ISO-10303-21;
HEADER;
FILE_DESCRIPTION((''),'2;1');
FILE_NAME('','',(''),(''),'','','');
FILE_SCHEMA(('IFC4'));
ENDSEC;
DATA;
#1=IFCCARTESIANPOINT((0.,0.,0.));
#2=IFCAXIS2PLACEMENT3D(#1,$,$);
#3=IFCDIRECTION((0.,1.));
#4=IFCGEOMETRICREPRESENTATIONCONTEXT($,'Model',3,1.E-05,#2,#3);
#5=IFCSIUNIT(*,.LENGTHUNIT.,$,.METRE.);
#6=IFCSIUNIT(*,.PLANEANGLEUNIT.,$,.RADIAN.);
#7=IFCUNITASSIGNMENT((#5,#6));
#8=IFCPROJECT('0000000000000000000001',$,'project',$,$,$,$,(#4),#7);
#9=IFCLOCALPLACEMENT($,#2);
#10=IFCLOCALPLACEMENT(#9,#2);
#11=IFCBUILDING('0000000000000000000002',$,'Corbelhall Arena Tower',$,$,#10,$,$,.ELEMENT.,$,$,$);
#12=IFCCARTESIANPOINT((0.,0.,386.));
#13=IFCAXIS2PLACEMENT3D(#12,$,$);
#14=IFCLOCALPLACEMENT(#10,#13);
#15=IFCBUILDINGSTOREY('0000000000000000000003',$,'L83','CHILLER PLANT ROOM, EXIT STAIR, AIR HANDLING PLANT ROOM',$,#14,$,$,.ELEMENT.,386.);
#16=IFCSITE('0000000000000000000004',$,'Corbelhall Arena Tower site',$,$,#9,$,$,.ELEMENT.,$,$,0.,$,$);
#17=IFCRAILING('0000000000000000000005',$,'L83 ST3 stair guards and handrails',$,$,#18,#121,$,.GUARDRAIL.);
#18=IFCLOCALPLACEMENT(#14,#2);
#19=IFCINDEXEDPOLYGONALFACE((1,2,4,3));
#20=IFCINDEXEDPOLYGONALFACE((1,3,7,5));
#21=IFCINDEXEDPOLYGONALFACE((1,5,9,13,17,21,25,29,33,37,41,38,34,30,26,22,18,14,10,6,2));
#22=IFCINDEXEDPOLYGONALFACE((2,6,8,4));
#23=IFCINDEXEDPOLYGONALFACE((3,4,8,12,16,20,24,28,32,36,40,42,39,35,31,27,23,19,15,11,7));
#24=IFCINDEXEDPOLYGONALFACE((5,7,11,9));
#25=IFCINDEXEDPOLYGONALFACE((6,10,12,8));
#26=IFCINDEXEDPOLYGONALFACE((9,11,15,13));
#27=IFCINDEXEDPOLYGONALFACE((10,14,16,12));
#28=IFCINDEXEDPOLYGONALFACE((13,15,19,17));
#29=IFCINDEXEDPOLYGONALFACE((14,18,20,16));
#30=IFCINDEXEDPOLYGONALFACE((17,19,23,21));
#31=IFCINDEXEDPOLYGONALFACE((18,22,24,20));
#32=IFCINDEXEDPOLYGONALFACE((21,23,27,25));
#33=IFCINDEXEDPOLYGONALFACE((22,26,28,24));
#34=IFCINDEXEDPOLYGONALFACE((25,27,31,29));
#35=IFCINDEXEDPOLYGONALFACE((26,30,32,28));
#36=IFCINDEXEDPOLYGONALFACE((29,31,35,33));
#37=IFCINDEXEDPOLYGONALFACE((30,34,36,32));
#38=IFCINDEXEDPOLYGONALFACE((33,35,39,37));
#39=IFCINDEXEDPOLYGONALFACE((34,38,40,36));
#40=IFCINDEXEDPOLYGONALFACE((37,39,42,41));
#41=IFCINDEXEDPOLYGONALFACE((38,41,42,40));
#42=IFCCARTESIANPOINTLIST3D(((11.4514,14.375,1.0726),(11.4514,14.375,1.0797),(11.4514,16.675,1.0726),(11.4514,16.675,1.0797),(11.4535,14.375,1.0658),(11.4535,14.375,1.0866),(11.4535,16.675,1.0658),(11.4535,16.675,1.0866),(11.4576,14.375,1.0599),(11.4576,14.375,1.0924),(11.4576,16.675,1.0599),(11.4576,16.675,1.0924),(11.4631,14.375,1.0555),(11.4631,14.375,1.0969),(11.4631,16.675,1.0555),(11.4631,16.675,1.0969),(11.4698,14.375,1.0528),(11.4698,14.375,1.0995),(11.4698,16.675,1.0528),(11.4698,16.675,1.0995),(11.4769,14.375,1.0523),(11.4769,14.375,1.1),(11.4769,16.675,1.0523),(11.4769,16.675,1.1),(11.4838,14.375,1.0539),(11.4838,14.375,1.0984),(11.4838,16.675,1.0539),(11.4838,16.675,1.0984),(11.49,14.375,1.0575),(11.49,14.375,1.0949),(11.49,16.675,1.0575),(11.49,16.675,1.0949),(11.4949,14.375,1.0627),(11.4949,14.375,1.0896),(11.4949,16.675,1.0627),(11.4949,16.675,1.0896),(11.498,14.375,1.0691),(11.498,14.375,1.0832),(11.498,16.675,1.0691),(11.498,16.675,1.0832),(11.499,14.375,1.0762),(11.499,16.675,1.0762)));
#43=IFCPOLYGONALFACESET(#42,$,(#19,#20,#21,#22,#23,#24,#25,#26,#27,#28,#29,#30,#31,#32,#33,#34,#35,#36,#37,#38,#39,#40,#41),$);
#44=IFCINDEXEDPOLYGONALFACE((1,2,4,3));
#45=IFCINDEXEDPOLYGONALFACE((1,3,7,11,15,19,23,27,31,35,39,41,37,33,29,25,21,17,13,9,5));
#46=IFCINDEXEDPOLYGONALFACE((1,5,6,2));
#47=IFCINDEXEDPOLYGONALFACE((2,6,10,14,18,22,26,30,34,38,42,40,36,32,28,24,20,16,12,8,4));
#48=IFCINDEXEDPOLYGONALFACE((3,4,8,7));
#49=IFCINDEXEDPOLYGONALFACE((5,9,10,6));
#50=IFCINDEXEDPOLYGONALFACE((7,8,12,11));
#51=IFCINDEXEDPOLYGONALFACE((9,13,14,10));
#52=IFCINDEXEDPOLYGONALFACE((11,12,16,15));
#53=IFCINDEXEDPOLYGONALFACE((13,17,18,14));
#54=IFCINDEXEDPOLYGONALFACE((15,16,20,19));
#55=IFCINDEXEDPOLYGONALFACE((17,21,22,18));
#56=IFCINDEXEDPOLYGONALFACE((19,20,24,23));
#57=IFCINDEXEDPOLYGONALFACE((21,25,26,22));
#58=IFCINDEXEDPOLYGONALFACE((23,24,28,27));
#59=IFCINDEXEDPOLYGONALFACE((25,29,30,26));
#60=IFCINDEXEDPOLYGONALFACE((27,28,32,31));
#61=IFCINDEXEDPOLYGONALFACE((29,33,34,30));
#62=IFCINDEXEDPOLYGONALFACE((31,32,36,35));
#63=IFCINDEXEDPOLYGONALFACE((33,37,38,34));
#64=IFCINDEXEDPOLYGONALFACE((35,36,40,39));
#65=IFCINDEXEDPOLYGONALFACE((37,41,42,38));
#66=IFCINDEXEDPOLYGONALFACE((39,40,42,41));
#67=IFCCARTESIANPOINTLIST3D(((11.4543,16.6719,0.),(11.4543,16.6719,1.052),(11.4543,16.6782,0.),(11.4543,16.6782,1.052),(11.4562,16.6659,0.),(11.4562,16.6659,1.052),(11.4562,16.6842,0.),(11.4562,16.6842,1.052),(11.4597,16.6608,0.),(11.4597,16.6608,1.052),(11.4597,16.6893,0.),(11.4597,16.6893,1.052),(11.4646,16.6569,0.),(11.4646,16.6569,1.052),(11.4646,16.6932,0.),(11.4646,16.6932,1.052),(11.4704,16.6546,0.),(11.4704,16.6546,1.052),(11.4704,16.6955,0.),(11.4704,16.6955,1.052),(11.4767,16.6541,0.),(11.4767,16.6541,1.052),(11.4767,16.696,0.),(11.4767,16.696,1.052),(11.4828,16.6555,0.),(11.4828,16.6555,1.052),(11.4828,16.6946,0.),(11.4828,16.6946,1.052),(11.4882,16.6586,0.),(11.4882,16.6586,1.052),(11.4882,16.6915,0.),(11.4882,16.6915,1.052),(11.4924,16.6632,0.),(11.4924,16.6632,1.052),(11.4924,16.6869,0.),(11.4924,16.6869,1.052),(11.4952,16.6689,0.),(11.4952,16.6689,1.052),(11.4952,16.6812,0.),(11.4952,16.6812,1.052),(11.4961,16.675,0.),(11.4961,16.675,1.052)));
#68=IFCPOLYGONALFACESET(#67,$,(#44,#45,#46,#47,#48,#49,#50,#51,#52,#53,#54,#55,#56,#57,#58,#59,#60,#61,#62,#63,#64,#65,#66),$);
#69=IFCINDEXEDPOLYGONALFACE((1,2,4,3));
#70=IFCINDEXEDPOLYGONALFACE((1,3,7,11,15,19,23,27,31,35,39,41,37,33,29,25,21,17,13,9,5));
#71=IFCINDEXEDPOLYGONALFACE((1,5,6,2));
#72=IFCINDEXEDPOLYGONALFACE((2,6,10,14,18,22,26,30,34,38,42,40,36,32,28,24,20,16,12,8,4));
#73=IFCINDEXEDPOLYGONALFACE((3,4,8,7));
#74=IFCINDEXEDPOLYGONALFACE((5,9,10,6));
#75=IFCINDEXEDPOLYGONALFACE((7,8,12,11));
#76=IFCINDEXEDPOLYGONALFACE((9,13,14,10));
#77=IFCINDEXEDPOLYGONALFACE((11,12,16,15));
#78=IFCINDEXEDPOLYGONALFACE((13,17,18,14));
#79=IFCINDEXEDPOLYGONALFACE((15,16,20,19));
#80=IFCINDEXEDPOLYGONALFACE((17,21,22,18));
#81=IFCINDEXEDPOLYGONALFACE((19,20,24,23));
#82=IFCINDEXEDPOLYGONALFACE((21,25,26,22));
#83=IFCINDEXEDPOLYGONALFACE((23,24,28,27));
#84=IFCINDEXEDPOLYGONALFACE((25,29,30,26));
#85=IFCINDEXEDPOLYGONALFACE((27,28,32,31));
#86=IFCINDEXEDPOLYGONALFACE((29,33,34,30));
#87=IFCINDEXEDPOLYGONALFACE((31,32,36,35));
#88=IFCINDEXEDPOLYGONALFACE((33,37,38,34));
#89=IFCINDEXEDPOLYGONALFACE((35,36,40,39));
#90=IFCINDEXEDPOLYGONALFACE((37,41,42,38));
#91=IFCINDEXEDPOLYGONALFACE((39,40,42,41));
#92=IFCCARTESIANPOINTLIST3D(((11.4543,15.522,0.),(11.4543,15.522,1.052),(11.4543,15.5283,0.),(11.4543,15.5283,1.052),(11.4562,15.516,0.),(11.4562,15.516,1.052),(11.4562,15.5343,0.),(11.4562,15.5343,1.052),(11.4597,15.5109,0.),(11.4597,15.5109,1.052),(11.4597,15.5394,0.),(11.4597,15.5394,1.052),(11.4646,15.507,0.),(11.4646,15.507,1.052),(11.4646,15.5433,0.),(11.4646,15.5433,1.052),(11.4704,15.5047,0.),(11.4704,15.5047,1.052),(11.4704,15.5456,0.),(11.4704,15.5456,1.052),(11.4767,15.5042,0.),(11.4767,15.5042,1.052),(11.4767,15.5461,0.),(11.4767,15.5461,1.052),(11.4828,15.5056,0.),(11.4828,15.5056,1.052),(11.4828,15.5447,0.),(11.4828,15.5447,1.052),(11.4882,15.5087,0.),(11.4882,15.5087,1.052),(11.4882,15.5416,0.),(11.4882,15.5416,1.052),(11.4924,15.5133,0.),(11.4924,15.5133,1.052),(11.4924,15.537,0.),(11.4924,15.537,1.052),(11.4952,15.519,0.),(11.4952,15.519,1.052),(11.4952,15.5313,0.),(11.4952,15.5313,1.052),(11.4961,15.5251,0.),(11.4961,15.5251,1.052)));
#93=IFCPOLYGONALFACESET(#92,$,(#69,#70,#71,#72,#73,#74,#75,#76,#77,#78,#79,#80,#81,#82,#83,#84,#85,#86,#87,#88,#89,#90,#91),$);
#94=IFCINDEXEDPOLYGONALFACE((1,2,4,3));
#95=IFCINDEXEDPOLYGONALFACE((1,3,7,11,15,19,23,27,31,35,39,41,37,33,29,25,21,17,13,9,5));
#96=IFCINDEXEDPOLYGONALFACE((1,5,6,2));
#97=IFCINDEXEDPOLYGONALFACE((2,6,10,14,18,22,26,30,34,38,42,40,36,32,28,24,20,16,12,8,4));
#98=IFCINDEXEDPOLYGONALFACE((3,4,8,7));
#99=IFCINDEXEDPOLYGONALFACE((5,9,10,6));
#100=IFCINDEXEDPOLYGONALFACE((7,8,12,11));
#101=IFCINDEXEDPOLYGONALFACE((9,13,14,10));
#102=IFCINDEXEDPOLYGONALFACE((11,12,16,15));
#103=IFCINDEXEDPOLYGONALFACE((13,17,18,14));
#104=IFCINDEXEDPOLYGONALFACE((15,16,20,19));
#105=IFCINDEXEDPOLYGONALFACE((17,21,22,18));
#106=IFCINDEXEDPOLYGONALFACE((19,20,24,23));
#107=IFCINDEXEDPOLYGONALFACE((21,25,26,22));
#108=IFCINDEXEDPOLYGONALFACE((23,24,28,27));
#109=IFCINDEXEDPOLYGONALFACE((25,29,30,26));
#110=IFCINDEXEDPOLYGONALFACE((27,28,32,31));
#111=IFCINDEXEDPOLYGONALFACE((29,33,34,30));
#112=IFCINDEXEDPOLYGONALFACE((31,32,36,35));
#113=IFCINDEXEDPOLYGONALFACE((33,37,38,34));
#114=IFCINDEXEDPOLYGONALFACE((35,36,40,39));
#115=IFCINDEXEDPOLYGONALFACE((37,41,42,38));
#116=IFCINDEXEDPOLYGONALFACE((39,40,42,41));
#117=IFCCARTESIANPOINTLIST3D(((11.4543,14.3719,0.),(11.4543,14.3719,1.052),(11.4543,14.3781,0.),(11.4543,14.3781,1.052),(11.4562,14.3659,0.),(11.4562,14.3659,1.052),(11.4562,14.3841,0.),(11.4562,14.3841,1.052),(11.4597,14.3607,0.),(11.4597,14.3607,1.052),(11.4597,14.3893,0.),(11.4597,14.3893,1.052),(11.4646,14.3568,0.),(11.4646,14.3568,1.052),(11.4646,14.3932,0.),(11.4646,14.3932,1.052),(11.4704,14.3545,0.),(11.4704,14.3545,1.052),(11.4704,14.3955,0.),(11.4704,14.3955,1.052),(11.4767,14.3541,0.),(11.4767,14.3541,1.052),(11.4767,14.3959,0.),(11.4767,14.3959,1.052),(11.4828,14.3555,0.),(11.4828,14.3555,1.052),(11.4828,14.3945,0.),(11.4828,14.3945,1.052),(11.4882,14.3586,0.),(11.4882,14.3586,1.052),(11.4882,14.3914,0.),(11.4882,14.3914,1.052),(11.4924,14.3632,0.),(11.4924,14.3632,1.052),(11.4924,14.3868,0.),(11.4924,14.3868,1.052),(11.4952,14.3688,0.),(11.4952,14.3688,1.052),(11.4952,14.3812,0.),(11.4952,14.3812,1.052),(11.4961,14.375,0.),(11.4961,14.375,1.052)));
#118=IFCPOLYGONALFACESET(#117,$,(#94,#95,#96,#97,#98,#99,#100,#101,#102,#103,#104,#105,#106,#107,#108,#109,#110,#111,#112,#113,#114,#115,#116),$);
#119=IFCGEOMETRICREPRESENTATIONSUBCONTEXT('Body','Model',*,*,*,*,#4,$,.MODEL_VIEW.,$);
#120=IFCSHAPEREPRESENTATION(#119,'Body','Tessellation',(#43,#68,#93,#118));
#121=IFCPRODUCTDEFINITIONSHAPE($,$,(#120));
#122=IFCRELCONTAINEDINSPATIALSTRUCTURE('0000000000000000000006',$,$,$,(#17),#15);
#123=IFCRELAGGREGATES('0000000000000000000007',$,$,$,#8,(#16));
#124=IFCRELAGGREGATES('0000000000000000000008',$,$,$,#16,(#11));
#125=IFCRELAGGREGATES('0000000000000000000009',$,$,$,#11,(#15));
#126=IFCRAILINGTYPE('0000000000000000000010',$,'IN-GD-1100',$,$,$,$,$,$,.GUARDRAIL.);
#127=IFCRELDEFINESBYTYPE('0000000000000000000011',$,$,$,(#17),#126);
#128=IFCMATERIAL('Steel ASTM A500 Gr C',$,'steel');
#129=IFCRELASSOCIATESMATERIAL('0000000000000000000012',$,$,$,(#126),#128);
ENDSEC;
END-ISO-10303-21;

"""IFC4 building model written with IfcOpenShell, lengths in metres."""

from ifc_helpers import new_model, si_unit, direction, frame, origin, origin_2d, place, context, subcontext, project, spatial, circle, extrude, material, type_object, element, save


model = new_model("IFC4")

# Units and contexts
model_context = context("Model", 3, precision=1e-05, world=origin(), true_north=direction((0.0, 1.0)))
body_context = subcontext(model_context, "Body", "Model", "MODEL_VIEW")
ifc_project = project(units=[si_unit("LENGTHUNIT", "METRE"), si_unit("PLANEANGLEUNIT", "RADIAN")], contexts=[model_context])

# Site, building, storey
site_placement = place(None, origin())
site = spatial("IfcSite", under=ifc_project, at=site_placement, Name="Corbelhall Arena Tower site", CompositionType="ELEMENT", RefElevation=0.0)
building_placement = place(site_placement, origin())
building = spatial("IfcBuilding", under=site, at=building_placement, Name="Corbelhall Arena Tower", CompositionType="ELEMENT")
storey_placement = place(building_placement, frame((0.0, 0.0, 386.0)))
storey = spatial("IfcBuildingStorey", under=building, at=storey_placement, Name="L83", Description="CHILLER PLANT ROOM, EXIT STAIR, AIR HANDLING PLANT ROOM", CompositionType="ELEMENT", Elevation=386.0)

# Railing
ifc_material_1 = material(Name="Steel ASTM A500 Gr C", Category="steel")
railing_type = type_object("IfcRailingType", Name="IN-GD-1100", PredefinedType="GUARDRAIL", material=ifc_material_1)
railing_placement = place(storey_placement, frame((11.4751, 16.675, 0.0)))
element("IfcRailing", 1, at=railing_placement, inside=storey, type_object=railing_type, Name="L83 ST3 stair guards and handrails", PredefinedType="GUARDRAIL", context=body_context, shape_type="SweptSolid", body=[
    extrude(circle(Radius=0.0239, at=origin_2d()), frame((0.0, 0.0, 1.0762), z_axis=(0.0, -1.0, 0.0), x_axis=(1.0, 0.0, 0.0)), (0.0, 0.0, 1.0), 2.3),
    extrude(circle(Radius=0.021, at=origin_2d()), origin(), (0.0, 0.0, 1.0), 1.052),
    extrude(circle(Radius=0.021, at=origin_2d()), frame((0.0, -1.1499, 0.0)), (0.0, 0.0, 1.0), 1.052),
    extrude(circle(Radius=0.021, at=origin_2d()), frame((0.0, -2.3, 0.0)), (0.0, 0.0, 1.0), 1.052),
])

save(model, "model.ifc")
